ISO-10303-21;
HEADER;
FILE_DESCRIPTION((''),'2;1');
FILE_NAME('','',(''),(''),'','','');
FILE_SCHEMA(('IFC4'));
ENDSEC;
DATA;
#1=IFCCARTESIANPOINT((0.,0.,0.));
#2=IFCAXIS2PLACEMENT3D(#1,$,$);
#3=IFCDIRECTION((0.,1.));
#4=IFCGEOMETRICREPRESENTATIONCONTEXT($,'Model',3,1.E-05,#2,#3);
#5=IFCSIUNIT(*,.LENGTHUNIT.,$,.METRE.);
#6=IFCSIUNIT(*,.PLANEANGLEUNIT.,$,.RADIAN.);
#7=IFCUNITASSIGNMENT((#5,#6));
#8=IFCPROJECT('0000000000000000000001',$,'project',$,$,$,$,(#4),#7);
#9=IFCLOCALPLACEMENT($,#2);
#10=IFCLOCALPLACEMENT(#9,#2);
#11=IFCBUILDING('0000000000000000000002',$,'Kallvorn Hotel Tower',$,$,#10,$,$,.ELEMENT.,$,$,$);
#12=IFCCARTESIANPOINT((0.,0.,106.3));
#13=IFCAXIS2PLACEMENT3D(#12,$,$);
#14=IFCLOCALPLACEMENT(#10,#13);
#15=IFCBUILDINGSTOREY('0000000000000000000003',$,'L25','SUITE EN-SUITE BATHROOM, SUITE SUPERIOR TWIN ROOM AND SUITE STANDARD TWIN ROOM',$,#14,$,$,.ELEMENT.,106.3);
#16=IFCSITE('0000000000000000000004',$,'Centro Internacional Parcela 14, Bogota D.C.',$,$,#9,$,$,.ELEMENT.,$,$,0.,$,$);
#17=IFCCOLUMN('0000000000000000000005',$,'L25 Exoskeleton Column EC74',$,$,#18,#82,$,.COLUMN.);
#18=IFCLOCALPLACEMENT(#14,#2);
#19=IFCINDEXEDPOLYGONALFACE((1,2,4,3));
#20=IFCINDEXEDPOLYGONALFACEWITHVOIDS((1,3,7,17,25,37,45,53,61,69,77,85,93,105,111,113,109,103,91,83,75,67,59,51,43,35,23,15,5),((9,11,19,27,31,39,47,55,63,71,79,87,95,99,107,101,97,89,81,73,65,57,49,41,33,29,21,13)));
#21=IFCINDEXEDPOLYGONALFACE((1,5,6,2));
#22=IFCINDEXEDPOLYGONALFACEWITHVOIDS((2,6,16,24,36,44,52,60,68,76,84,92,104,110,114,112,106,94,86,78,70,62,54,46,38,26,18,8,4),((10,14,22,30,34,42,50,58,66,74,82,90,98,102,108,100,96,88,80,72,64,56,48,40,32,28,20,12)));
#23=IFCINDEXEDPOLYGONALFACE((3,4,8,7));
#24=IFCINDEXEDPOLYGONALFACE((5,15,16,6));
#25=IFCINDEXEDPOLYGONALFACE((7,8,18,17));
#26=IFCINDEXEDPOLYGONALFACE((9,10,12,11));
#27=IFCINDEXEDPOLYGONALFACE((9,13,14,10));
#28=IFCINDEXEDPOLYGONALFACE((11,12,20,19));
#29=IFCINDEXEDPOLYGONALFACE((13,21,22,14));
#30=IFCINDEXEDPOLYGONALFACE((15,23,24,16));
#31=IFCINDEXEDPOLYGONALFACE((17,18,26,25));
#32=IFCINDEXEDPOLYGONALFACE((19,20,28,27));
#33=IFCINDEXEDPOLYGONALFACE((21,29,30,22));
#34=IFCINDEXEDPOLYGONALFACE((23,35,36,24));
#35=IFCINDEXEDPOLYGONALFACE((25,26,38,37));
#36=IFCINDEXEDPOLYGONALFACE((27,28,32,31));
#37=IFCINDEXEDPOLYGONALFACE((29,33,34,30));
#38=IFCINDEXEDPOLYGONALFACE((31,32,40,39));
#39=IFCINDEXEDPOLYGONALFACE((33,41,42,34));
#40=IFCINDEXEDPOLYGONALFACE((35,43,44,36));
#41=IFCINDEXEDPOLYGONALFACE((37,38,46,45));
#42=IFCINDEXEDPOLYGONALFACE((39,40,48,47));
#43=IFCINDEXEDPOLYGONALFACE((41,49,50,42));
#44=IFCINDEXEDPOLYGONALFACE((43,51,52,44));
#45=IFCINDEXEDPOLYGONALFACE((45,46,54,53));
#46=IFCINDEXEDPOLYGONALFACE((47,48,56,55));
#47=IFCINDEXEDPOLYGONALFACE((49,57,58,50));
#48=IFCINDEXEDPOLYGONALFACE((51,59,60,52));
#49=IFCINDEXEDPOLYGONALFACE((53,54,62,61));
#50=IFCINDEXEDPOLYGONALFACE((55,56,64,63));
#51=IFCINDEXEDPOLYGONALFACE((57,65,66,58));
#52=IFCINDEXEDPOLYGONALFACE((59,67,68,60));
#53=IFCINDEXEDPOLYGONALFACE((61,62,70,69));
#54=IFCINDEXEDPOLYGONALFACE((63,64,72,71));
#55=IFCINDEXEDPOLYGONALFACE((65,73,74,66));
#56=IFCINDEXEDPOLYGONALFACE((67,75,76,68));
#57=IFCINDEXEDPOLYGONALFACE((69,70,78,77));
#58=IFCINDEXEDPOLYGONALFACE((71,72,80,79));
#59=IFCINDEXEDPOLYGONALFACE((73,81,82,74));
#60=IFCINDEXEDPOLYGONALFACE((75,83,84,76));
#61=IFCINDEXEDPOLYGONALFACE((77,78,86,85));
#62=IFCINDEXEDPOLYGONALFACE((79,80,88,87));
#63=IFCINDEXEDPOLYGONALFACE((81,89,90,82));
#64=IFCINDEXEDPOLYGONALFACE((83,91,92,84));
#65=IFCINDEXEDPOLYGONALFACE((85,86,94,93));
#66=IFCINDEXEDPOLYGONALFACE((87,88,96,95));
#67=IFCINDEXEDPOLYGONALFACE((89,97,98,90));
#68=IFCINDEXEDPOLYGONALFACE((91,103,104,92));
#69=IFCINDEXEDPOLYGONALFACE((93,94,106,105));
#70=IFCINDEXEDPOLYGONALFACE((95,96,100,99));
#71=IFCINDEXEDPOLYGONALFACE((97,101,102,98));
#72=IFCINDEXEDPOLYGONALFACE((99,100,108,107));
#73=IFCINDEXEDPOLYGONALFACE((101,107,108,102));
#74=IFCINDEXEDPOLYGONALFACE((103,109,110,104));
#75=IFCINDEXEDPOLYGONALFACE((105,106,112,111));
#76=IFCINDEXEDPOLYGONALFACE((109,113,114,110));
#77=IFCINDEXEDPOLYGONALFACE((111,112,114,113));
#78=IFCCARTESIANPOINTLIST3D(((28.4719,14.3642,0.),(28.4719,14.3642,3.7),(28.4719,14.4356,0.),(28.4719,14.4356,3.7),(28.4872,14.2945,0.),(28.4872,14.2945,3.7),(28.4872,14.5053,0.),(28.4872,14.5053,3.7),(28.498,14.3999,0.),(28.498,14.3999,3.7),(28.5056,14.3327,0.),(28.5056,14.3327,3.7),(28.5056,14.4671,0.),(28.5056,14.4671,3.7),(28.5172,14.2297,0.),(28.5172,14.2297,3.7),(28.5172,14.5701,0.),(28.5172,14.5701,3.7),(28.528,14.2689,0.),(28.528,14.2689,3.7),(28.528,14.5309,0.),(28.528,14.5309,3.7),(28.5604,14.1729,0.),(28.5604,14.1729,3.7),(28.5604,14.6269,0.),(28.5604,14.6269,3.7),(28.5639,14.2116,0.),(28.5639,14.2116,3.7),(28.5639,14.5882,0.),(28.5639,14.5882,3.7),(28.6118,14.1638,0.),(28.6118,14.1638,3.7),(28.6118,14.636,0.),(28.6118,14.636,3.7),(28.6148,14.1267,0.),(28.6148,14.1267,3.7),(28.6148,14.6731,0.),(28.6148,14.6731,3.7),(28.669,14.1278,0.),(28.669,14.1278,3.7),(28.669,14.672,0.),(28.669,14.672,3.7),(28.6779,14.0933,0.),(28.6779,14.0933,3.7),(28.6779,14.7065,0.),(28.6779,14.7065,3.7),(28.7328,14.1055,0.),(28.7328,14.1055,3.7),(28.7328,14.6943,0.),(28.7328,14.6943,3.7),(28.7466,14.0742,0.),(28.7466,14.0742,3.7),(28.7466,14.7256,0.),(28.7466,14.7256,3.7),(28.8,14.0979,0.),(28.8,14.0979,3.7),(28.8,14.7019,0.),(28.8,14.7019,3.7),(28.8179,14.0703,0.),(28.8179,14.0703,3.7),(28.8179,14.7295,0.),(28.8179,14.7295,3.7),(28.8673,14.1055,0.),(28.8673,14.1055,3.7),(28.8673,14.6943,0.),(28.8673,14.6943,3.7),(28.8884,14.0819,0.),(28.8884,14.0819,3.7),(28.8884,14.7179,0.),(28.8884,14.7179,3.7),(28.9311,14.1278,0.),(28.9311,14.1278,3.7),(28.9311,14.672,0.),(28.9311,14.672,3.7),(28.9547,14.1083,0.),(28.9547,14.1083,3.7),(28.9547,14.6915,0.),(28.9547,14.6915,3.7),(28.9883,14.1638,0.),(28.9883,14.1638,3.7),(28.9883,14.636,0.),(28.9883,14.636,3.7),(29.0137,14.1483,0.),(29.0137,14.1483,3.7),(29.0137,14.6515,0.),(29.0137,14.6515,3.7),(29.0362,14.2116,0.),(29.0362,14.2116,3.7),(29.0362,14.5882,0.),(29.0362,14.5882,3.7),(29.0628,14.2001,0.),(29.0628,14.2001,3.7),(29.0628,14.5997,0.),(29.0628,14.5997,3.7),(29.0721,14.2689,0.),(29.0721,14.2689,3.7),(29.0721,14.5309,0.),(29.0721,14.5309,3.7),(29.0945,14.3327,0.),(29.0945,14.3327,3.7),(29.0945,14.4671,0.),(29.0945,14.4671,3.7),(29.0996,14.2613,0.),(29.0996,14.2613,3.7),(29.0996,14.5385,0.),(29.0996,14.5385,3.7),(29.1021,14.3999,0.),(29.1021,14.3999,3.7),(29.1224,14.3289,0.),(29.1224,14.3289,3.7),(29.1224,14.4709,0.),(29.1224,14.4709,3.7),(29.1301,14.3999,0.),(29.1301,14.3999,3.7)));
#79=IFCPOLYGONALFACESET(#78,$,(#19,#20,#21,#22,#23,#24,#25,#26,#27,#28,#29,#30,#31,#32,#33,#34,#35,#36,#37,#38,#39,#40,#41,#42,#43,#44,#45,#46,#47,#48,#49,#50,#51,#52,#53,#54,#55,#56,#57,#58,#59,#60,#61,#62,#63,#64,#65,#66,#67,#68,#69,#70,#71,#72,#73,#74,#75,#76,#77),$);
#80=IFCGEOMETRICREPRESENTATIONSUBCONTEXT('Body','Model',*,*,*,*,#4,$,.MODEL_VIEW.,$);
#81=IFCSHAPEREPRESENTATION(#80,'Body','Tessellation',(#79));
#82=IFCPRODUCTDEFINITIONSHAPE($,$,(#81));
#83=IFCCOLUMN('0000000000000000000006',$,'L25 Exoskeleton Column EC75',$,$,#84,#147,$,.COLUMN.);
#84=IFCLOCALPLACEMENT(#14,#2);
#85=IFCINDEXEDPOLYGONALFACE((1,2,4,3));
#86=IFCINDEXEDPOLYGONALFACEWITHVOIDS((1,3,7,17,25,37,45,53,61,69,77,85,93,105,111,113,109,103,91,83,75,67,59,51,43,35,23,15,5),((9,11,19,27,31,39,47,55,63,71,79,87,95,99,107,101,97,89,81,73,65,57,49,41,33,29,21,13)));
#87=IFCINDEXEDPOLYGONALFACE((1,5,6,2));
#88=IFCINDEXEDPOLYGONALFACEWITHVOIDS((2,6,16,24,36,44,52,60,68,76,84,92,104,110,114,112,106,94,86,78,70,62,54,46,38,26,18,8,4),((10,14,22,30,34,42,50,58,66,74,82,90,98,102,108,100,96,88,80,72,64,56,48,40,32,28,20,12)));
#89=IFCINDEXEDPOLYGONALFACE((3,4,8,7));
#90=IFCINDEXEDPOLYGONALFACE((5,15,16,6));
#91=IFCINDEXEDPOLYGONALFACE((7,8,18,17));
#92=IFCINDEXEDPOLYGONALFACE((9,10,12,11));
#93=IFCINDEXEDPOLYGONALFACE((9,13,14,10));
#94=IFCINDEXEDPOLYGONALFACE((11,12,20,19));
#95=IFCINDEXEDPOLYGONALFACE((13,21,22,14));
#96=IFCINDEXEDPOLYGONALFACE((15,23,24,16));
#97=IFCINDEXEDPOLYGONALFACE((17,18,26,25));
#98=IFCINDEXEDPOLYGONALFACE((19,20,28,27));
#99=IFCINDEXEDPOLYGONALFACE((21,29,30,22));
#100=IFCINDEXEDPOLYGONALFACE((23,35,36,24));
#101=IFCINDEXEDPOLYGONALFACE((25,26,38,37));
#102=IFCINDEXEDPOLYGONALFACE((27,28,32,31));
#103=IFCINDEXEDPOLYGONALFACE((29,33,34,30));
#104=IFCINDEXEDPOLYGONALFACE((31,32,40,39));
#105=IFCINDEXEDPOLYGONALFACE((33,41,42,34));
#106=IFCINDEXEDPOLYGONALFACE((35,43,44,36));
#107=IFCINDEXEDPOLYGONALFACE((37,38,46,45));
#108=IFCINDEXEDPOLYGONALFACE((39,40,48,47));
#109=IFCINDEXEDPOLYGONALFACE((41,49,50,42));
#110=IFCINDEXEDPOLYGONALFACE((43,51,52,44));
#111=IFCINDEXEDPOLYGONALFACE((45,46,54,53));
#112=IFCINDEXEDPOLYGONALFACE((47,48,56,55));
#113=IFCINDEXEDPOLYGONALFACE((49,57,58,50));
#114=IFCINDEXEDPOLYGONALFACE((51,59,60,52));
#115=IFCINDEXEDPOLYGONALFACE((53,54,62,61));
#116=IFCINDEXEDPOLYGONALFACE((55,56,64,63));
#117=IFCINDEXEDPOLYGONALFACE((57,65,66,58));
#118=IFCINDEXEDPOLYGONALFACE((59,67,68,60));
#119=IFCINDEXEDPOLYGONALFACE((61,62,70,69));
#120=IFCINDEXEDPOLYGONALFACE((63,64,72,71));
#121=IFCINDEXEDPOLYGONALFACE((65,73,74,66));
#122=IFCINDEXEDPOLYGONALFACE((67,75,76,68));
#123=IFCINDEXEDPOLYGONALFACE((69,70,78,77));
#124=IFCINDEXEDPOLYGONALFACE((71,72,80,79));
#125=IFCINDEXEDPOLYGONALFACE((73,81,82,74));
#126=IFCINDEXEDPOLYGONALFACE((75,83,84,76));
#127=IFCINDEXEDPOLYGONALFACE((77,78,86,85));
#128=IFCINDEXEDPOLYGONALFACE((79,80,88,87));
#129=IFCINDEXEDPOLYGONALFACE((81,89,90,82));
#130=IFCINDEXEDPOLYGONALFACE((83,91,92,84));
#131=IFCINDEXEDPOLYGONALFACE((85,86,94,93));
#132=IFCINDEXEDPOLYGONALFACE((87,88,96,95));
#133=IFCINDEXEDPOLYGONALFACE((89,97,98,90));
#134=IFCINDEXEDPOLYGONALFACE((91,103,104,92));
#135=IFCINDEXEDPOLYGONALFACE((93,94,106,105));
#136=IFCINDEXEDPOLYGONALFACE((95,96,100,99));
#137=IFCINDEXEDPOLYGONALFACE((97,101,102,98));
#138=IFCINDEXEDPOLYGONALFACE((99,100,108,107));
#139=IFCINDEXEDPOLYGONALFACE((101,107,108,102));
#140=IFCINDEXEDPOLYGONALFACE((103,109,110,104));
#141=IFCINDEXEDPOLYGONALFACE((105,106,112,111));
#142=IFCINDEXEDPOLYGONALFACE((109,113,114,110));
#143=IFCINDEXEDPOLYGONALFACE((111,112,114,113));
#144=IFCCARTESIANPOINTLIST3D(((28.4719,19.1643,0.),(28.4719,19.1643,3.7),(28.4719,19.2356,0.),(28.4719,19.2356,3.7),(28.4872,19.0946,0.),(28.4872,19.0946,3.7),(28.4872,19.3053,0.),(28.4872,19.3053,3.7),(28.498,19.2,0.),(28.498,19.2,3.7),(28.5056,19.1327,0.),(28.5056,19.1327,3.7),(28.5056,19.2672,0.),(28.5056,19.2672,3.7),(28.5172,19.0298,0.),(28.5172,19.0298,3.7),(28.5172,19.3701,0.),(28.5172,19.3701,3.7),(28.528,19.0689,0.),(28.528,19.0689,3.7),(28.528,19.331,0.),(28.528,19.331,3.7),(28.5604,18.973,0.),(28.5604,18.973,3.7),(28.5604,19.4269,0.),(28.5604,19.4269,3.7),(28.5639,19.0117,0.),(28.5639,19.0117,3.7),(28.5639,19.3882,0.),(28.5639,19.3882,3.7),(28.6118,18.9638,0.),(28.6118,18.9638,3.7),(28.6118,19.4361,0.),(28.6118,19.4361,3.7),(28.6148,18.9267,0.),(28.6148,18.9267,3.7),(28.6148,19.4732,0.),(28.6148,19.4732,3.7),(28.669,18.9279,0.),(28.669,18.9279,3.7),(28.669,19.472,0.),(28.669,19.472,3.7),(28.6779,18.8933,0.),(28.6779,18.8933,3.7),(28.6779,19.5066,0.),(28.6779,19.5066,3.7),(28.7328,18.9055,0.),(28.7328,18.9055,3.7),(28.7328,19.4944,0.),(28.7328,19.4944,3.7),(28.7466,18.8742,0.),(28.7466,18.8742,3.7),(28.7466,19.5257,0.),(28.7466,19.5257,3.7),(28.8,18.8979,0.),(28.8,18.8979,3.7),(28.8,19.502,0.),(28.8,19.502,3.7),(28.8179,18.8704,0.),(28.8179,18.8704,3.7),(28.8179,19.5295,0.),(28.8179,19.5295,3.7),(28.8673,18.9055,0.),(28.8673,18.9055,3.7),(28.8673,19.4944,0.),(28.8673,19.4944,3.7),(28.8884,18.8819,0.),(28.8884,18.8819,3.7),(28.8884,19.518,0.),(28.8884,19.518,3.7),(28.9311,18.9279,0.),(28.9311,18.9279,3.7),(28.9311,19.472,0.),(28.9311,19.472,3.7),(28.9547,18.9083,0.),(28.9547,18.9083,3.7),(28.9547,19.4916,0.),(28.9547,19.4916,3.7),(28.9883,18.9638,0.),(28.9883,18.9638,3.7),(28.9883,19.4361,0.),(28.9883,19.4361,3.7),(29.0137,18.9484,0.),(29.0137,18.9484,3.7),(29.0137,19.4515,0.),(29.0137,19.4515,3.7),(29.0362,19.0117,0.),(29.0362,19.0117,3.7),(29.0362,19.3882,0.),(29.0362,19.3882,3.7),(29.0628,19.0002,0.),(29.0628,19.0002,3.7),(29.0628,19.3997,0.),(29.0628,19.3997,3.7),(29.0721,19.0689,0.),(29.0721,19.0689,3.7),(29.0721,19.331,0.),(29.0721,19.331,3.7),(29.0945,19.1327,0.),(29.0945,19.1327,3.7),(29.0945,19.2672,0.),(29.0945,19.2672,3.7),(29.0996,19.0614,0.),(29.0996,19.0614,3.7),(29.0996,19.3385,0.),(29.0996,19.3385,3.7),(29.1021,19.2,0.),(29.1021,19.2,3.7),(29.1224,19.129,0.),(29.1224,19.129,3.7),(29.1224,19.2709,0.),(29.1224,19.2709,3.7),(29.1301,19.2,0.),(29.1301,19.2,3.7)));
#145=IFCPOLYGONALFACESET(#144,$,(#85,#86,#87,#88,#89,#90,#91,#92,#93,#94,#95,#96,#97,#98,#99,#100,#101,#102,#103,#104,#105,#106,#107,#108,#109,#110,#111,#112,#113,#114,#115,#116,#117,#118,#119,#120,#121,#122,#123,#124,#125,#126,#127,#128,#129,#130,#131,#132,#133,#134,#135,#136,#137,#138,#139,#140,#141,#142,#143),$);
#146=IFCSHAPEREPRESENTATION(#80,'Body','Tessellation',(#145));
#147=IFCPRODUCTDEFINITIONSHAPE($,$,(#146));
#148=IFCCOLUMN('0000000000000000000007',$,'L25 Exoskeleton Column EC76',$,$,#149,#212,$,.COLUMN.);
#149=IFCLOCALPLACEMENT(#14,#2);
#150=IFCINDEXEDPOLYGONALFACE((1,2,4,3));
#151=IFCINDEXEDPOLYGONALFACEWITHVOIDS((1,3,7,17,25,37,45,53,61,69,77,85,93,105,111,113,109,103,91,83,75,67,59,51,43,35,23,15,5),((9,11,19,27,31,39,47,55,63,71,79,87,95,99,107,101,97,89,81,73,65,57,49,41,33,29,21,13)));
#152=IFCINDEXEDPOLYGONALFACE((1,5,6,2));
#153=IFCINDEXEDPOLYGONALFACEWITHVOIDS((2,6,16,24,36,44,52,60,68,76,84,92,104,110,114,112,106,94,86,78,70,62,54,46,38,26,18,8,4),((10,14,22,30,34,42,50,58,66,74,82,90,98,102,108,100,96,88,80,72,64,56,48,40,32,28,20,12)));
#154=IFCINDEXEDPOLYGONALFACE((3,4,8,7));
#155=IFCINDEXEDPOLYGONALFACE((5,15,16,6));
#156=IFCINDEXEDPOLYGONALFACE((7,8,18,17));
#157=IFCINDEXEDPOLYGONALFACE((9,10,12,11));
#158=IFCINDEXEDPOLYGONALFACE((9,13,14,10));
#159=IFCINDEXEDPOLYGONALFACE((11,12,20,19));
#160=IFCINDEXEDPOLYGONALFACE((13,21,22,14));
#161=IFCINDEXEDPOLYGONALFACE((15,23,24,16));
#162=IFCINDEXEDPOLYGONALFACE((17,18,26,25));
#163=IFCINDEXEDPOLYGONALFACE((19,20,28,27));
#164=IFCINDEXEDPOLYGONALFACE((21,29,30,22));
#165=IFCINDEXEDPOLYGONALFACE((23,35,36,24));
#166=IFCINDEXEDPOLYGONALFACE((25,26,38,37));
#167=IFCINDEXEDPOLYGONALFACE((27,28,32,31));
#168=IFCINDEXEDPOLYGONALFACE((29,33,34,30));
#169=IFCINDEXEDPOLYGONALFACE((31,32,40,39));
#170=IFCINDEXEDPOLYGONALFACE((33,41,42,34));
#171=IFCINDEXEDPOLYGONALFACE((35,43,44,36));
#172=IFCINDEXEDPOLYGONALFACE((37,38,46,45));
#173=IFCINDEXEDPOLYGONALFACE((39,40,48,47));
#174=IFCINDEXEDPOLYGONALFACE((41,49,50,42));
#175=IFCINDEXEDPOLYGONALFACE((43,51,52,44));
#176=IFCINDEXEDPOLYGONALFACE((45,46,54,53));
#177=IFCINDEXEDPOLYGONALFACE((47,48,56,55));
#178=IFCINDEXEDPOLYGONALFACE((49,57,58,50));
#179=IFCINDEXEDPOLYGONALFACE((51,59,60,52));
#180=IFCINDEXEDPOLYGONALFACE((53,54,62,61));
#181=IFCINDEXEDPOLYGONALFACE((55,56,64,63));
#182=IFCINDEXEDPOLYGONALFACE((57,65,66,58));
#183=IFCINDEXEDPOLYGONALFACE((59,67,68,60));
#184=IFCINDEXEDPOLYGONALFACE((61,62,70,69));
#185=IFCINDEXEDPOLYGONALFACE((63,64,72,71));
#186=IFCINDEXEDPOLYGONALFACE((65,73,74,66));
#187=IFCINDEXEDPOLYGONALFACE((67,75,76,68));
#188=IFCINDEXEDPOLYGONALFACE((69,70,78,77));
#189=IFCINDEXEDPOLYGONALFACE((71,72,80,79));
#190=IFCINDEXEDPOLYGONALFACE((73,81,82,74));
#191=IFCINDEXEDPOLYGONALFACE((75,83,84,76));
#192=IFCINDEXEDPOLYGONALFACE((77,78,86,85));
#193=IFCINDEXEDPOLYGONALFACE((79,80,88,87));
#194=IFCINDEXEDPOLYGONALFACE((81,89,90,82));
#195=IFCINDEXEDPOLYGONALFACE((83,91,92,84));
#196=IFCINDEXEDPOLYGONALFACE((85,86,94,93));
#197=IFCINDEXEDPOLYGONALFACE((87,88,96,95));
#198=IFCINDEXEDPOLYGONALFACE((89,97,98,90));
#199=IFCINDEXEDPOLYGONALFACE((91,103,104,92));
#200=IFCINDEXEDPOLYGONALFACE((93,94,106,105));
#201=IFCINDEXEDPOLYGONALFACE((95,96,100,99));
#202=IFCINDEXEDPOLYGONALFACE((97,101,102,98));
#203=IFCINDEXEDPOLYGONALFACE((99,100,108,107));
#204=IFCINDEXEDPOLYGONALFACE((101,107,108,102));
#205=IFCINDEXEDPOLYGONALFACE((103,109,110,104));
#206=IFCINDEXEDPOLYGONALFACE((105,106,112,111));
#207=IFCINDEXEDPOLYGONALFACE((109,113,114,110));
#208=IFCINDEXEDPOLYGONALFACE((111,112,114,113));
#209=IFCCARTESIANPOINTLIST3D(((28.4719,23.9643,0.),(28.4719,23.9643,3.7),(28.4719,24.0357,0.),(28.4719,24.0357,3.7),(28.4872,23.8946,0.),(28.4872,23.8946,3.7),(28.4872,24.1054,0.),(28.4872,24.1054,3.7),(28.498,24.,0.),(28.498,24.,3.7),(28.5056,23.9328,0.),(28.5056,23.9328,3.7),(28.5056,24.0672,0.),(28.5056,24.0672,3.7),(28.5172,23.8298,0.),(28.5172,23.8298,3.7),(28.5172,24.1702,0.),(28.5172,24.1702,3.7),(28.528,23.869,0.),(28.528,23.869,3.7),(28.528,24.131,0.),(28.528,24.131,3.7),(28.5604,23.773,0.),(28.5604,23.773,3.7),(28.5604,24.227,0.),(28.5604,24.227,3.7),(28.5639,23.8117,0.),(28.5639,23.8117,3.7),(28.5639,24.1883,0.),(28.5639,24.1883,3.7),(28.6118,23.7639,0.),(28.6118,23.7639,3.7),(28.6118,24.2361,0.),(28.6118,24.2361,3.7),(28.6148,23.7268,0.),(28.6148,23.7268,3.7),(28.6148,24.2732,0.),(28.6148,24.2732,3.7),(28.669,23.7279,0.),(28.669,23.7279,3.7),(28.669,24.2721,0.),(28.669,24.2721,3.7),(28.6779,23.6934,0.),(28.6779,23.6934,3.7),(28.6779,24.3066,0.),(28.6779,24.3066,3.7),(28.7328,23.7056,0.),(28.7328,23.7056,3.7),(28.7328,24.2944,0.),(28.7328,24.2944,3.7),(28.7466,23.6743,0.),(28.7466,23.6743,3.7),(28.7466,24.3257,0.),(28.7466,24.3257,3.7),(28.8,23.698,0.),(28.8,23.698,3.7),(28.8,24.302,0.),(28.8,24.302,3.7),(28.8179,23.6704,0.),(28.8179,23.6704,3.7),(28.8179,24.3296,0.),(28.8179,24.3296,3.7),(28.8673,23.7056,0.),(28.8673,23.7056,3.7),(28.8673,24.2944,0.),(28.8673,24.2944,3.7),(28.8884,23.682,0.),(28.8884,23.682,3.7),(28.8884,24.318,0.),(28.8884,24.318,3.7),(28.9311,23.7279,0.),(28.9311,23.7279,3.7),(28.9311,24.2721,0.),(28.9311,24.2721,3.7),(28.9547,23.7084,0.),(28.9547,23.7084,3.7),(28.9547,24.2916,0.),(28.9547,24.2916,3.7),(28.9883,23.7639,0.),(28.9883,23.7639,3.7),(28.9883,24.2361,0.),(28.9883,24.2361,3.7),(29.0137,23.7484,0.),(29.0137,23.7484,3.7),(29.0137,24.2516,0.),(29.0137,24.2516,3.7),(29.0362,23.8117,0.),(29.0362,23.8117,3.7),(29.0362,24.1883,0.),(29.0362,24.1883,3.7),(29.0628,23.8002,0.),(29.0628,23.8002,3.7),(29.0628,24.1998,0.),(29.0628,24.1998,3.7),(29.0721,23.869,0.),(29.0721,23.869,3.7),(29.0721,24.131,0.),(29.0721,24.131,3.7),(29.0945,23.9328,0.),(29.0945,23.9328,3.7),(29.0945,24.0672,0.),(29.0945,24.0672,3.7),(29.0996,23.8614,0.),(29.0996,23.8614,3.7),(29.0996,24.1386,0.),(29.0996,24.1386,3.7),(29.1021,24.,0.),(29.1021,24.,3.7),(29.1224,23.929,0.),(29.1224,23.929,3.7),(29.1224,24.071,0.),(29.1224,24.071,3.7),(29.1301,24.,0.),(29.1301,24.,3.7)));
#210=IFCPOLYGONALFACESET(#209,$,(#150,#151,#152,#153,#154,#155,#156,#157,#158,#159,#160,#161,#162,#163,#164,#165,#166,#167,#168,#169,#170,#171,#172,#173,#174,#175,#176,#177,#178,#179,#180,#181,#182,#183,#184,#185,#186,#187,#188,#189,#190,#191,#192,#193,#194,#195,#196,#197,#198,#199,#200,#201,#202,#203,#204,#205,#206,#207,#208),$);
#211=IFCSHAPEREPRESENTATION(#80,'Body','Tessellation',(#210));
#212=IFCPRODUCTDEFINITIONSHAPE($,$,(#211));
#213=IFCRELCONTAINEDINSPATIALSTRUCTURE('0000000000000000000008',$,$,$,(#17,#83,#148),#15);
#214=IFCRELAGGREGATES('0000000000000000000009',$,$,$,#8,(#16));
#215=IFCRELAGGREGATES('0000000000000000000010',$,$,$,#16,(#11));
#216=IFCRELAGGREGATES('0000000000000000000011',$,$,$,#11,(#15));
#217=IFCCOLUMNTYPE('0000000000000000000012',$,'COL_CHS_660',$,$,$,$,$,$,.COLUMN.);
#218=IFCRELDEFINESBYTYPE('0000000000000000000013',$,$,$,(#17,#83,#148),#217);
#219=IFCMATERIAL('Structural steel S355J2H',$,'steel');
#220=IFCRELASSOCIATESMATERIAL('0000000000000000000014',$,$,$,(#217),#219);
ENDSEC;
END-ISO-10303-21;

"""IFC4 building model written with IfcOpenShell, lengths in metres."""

from ifc_helpers import new_model, si_unit, direction, frame, origin, origin_2d, place, context, subcontext, project, spatial, hollow_circle, extrude, material, material_profile, profile_set, type_object, element, save


model = new_model("IFC4")

# Units and contexts
model_context = context("Model", 3, precision=1e-05, world=origin(), true_north=direction((0.0, 1.0)))
body_context = subcontext(model_context, "Body", "Model", "MODEL_VIEW")
ifc_project = project(units=[si_unit("LENGTHUNIT", "METRE"), si_unit("PLANEANGLEUNIT", "RADIAN")], contexts=[model_context])

# Site, building, storey
site_placement = place(None, origin())
site = spatial("IfcSite", under=ifc_project, at=site_placement, Name="Centro Internacional Parcela 14, Bogota D.C.", CompositionType="ELEMENT", RefElevation=0.0)
building_placement = place(site_placement, origin())
building = spatial("IfcBuilding", under=site, at=building_placement, Name="Kallvorn Hotel Tower", CompositionType="ELEMENT")
storey_placement = place(building_placement, frame((0.0, 0.0, 106.3)))
storey = spatial("IfcBuildingStorey", under=building, at=storey_placement, Name="L25", Description="SUITE EN-SUITE BATHROOM, SUITE SUPERIOR TWIN ROOM AND SUITE STANDARD TWIN ROOM", CompositionType="ELEMENT", Elevation=106.3)

# Columns
ifc_material_1 = material(Name="Structural steel S355J2H", Category="steel")
ifc_material_profile_1 = material_profile(ifc_material_1, hollow_circle(Radius=0.3301, WallThickness=0.0281, at=origin_2d()), Name="CHS 660x28")
ifc_profile_set_1 = profile_set([ifc_material_profile_1], Name="Structural steel S355J2H")
column_type_1 = type_object("IfcColumnType", Name="COL_CHS_660", PredefinedType="COLUMN", material=ifc_profile_set_1)
for number, where, z_axis, x_axis, name in (
    (1, (28.8, 14.3999, 0.0), (0.0, 0.0, 1.0), (1.0, 0.0, 0.0), "L25 Exoskeleton Column EC74"),
    (2, (28.8, 19.2, 0.0), (0.0, 0.0, 1.0), (1.0, 0.0, 0.0), "L25 Exoskeleton Column EC75"),
    (3, (28.8, 24.0, 0.0), (0.0, 0.0, 1.0), (1.0, 0.0, 0.0), "L25 Exoskeleton Column EC76"),
):
    element("IfcColumn", number, at=place(storey_placement, frame(where, z_axis=z_axis, x_axis=x_axis)), inside=storey, type_object=column_type_1, Name=name, PredefinedType="COLUMN", context=body_context, shape_type="SweptSolid", body=[
        extrude(hollow_circle(Radius=0.3301, WallThickness=0.0281, at=origin_2d()), origin(), (0.0, 0.0, 1.0), 3.7),
    ])

save(model, "model.ifc")
